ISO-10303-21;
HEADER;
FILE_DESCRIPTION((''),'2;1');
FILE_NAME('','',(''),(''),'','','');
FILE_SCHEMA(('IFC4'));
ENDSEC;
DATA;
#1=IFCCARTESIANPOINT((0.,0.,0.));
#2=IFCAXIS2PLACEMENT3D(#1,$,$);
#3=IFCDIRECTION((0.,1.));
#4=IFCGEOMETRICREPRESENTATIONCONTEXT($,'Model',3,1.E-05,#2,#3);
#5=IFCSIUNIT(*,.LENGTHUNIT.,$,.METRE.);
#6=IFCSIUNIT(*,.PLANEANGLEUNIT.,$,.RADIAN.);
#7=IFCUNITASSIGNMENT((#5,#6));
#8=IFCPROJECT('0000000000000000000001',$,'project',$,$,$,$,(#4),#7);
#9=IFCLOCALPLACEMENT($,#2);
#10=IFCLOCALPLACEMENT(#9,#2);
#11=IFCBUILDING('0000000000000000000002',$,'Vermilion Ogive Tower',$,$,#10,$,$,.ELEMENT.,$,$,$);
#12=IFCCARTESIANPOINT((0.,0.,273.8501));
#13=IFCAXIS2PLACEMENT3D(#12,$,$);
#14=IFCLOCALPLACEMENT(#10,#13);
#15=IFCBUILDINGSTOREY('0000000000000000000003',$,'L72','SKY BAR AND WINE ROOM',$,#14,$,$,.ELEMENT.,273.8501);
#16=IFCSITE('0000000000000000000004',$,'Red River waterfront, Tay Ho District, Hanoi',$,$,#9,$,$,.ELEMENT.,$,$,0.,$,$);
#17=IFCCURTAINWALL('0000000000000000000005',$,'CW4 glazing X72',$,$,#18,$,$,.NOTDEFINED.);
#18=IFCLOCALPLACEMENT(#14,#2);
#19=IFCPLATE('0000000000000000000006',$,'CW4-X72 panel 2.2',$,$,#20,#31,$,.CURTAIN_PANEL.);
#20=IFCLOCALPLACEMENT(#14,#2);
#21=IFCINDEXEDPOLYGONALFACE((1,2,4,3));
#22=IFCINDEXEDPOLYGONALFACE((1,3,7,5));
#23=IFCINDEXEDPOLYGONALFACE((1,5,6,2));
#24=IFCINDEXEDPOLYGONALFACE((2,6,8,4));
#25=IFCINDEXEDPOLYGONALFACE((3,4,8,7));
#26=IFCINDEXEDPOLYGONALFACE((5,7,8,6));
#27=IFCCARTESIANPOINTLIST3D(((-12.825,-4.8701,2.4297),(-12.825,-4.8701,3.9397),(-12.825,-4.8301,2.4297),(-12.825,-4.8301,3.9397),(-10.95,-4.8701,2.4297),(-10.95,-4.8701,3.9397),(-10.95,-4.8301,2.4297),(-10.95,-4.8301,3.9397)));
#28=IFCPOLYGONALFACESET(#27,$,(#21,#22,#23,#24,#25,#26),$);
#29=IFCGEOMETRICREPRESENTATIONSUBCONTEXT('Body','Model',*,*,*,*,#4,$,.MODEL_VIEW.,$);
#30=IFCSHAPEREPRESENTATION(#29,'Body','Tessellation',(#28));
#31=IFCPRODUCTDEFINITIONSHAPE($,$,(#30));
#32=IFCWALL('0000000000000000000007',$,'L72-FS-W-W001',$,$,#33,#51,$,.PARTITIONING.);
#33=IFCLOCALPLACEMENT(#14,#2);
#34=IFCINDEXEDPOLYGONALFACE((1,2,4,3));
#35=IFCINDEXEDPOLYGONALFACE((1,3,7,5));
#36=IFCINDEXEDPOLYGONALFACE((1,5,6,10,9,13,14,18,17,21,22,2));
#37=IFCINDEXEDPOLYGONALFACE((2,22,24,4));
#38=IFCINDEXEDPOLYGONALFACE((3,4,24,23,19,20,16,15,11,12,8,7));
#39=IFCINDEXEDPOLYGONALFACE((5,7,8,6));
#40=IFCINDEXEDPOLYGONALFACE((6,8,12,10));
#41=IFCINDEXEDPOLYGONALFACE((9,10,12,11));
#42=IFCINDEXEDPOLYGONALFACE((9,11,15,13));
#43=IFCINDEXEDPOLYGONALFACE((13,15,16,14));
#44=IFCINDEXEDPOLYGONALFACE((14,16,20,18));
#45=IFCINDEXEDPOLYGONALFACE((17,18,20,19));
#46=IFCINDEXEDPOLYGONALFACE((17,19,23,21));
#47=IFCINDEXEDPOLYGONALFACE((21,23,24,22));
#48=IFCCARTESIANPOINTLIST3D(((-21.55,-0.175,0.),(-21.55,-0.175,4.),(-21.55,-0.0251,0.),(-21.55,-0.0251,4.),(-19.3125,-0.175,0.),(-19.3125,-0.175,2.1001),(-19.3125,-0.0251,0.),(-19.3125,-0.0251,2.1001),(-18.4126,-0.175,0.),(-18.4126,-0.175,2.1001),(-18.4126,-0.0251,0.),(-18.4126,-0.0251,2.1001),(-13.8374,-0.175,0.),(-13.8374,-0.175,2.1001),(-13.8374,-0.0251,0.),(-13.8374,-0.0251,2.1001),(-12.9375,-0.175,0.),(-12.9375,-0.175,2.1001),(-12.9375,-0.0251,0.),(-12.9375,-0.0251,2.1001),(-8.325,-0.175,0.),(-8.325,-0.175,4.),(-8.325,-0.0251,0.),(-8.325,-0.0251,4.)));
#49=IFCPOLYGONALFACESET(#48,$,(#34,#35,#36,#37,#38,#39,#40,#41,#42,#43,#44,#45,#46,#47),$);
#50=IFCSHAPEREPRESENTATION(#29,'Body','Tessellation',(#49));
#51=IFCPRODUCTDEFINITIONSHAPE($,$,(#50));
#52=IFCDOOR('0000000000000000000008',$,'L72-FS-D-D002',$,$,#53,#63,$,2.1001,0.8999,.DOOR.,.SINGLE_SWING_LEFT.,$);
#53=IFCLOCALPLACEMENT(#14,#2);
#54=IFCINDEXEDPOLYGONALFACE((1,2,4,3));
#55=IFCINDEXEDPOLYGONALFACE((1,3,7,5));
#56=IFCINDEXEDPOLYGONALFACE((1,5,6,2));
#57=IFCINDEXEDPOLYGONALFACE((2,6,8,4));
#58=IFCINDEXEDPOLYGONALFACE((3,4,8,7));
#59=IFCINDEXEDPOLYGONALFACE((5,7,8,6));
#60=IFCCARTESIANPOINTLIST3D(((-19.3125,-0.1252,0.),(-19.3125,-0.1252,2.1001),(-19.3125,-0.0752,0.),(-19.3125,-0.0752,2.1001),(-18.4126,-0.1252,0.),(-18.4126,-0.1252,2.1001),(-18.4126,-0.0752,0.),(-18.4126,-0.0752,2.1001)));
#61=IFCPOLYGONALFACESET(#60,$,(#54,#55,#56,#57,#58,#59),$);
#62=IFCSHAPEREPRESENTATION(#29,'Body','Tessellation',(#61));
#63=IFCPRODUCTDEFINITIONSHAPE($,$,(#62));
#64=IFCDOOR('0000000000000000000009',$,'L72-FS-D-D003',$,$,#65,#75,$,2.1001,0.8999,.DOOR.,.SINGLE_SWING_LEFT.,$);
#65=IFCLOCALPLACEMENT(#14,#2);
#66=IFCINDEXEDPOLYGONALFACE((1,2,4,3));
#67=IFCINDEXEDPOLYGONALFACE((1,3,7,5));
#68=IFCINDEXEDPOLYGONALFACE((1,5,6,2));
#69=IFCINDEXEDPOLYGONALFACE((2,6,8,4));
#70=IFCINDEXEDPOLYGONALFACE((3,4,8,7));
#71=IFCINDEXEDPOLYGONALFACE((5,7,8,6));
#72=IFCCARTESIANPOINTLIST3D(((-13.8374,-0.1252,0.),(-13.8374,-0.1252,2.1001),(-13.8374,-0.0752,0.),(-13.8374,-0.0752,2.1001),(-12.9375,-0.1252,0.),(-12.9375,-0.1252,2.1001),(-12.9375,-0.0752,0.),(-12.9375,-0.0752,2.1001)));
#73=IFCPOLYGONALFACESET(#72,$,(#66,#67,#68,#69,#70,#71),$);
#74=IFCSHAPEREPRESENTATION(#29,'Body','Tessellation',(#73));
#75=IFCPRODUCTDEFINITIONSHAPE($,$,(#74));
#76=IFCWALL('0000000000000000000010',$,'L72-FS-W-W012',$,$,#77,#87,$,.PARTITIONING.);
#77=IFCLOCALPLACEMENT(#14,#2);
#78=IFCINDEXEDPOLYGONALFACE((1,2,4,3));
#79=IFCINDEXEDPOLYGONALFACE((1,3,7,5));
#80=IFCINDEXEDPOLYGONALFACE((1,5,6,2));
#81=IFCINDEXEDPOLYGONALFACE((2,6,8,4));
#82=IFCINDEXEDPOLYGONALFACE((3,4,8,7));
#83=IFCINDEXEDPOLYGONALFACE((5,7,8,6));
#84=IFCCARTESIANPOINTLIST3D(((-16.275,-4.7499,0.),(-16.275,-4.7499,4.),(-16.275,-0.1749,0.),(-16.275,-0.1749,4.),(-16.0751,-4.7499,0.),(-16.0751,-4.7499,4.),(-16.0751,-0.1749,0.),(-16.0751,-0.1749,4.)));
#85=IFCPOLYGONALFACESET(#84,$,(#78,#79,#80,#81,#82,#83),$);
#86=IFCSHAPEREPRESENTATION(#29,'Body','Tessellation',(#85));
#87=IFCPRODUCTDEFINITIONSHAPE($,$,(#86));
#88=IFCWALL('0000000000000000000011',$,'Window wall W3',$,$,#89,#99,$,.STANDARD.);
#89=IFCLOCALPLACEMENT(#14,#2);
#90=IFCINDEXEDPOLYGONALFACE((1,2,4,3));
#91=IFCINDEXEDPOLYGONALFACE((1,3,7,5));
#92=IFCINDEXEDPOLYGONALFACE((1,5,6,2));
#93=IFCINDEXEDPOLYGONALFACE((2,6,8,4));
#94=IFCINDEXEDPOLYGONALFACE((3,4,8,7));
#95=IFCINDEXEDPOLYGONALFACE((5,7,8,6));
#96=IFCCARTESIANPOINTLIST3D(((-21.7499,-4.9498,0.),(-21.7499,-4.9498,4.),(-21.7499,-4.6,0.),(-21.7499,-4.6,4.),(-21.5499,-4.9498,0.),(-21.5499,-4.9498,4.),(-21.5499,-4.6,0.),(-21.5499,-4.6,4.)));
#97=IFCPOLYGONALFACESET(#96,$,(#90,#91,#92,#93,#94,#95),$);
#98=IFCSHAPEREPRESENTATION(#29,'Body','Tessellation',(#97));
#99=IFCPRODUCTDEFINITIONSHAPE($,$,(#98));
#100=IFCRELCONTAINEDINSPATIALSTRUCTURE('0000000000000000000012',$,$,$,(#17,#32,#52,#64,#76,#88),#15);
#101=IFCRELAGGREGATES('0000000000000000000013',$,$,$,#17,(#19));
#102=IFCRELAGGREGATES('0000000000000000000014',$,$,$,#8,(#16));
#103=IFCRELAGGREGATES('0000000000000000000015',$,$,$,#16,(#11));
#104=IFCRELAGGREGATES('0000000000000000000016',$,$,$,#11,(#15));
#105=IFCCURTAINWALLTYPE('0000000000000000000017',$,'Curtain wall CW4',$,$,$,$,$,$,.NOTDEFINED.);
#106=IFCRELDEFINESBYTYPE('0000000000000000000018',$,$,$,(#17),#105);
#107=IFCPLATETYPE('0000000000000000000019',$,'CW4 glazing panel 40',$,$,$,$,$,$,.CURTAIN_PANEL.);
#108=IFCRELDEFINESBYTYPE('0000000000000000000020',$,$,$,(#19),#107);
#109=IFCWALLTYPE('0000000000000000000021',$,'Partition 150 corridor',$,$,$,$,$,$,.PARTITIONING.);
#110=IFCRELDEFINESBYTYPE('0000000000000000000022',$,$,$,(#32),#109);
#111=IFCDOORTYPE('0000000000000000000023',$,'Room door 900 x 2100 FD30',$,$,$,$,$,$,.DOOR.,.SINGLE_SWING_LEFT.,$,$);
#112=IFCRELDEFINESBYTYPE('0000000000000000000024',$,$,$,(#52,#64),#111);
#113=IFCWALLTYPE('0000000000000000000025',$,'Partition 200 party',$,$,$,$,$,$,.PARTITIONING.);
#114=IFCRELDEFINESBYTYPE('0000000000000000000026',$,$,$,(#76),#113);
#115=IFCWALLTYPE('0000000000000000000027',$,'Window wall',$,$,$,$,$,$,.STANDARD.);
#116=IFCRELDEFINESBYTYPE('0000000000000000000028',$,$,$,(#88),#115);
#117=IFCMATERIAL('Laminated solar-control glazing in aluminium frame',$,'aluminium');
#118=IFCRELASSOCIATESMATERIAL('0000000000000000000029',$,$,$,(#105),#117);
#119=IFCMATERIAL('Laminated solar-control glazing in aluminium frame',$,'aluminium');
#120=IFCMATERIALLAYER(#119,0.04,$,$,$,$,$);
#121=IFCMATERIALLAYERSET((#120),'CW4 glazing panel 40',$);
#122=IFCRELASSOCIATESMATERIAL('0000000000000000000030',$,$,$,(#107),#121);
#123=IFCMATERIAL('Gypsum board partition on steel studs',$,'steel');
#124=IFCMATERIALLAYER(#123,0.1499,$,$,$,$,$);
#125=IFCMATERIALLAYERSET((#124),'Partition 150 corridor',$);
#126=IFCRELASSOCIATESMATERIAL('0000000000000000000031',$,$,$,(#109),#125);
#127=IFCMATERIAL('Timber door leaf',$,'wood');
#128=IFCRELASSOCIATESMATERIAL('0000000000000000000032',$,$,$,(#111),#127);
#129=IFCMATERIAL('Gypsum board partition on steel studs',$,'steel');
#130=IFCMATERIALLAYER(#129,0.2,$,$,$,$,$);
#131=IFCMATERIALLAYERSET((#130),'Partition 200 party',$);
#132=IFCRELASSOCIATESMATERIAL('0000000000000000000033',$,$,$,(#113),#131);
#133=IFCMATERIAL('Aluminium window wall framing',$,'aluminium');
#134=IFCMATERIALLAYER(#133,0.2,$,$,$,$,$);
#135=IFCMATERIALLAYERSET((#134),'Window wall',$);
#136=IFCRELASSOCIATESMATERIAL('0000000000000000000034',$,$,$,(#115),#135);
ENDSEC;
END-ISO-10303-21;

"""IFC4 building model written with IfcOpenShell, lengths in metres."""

from ifc_helpers import new_model, si_unit, direction, frame, frame_2d, origin, origin_2d, place, context, subcontext, project, spatial, rectangle, extrude, material, layer, layer_set, type_object, element, fill, aggregate, save


model = new_model("IFC4")

# Units and contexts
model_context = context("Model", 3, precision=1e-05, world=origin(), true_north=direction((0.0, 1.0)))
body_context = subcontext(model_context, "Body", "Model", "MODEL_VIEW")
ifc_project = project(units=[si_unit("LENGTHUNIT", "METRE"), si_unit("PLANEANGLEUNIT", "RADIAN")], contexts=[model_context])

# Site, building, storey
site_placement = place(None, origin())
site = spatial("IfcSite", under=ifc_project, at=site_placement, Name="Red River waterfront, Tay Ho District, Hanoi", CompositionType="ELEMENT", RefElevation=0.0)
building_placement = place(site_placement, origin())
building = spatial("IfcBuilding", under=site, at=building_placement, Name="Vermilion Ogive Tower", CompositionType="ELEMENT")
storey_placement = place(building_placement, frame((0.0, 0.0, 273.8501)))
storey = spatial("IfcBuildingStorey", under=building, at=storey_placement, Name="L72", Description="SKY BAR AND WINE ROOM", CompositionType="ELEMENT", Elevation=273.8501)

# Shared definitions
ifc_material_1 = material(Name="Laminated solar-control glazing in aluminium frame", Category="aluminium")
curtain_wall_type = type_object("IfcCurtainWallType", Name="Curtain wall CW4", PredefinedType="NOTDEFINED", material=ifc_material_1)

# Curtain wall
curtain_wall_1_placement = place(storey_placement, origin())
curtain_wall_1 = element("IfcCurtainWall", 1, at=curtain_wall_1_placement, inside=storey, type_object=curtain_wall_type, Name="CW4 glazing X72", PredefinedType="NOTDEFINED")

# Plate
ifc_material_2 = material(Name="Laminated solar-control glazing in aluminium frame", Category="aluminium")
ifc_layer_1 = layer(ifc_material_2, 0.04)
ifc_layer_set_1 = layer_set([ifc_layer_1], Name="CW4 glazing panel 40")
plate_type = type_object("IfcPlateType", Name="CW4 glazing panel 40", PredefinedType="CURTAIN_PANEL", material=ifc_layer_set_1)
plate_1_placement = place(storey_placement, frame((-11.8875, -4.8501, 2.4297), z_axis=(0.0, 0.0, 1.0), x_axis=(1.0, 0.0, 0.0)))
plate_1 = element("IfcPlate", 2, at=plate_1_placement, type_object=plate_type, Name="CW4-X72 panel 2.2", PredefinedType="CURTAIN_PANEL", context=body_context, shape_type="SweptSolid", body=[
    extrude(rectangle(XDim=1.875, YDim=0.04, at=origin_2d()), origin(), (0.0, 0.0, 1.0), 1.51),
])
aggregate(curtain_wall_1, [plate_1])

# Wall, openings, doors
ifc_material_3 = material(Name="Gypsum board partition on steel studs", Category="steel")
ifc_layer_2 = layer(ifc_material_3, 0.1499)
ifc_layer_set_2 = layer_set([ifc_layer_2], Name="Partition 150 corridor")
wall_type_1 = type_object("IfcWallType", Name="Partition 150 corridor", PredefinedType="PARTITIONING", material=ifc_layer_set_2)
wall_1_placement = place(storey_placement, frame((-21.55, -0.1001, 0.0), z_axis=(0.0, 0.0, 1.0), x_axis=(1.0, 0.0, 0.0)))
wall_1 = element("IfcWall", 3, at=wall_1_placement, inside=storey, type_object=wall_type_1, Name="L72-FS-W-W001", PredefinedType="PARTITIONING", context=body_context, shape_type="SweptSolid", body=[
    extrude(rectangle(XDim=13.2251, YDim=0.1499, at=frame_2d((6.6125, 0.0))), origin(), (0.0, 0.0, 1.0), 4.0),
])
opening_1_placement = place(wall_1_placement, frame((2.2375, 0.0, 0.0)))
opening_1 = element("IfcOpeningElement", 4, at=opening_1_placement, cuts=wall_1, PredefinedType="OPENING", context=body_context, shape_type="SweptSolid", body=[
    extrude(rectangle(XDim=0.8999, YDim=2.1001, at=frame_2d((0.45, 1.05))), frame((0.0, 0.085, 0.0), z_axis=(0.0, -1.0, 0.0), x_axis=(1.0, 0.0, 0.0)), (0.0, 0.0, 1.0), 0.1699),
])
opening_2_placement = place(wall_1_placement, frame((7.7126, 0.0, 0.0)))
opening_2 = element("IfcOpeningElement", 5, at=opening_2_placement, cuts=wall_1, PredefinedType="OPENING", context=body_context, shape_type="SweptSolid", body=[
    extrude(rectangle(XDim=0.8999, YDim=2.1001, at=frame_2d((0.45, 1.05))), frame((0.0, 0.085, 0.0), z_axis=(0.0, -1.0, 0.0), x_axis=(1.0, 0.0, 0.0)), (0.0, 0.0, 1.0), 0.1699),
])
ifc_material_4 = material(Name="Timber door leaf", Category="wood")
door_type = type_object("IfcDoorType", Name="Room door 900 x 2100 FD30", OperationType="SINGLE_SWING_LEFT", PredefinedType="DOOR", material=ifc_material_4)
door_1_placement = place(opening_1_placement, origin())
door_1 = element("IfcDoor", 6, at=door_1_placement, inside=storey, type_object=door_type, Name="L72-FS-D-D002", OperationType="SINGLE_SWING_LEFT", OverallHeight=2.1001, OverallWidth=0.8999, PredefinedType="DOOR", context=body_context, shape_type="SweptSolid", body=[
    extrude(rectangle(XDim=0.8999, YDim=2.1001, at=frame_2d((0.45, 1.05))), frame((0.0, 0.0249, 0.0), z_axis=(0.0, -1.0, 0.0), x_axis=(1.0, 0.0, 0.0)), (0.0, 0.0, 1.0), 0.05),
])
fill(opening_1, door_1)
door_2_placement = place(opening_2_placement, origin())
door_2 = element("IfcDoor", 7, at=door_2_placement, inside=storey, type_object=door_type, Name="L72-FS-D-D003", OperationType="SINGLE_SWING_LEFT", OverallHeight=2.1001, OverallWidth=0.8999, PredefinedType="DOOR", context=body_context, shape_type="SweptSolid", body=[
    extrude(rectangle(XDim=0.8999, YDim=2.1001, at=frame_2d((0.45, 1.05))), frame((0.0, 0.0249, 0.0), z_axis=(0.0, -1.0, 0.0), x_axis=(1.0, 0.0, 0.0)), (0.0, 0.0, 1.0), 0.05),
])
fill(opening_2, door_2)

# Walls
ifc_material_5 = material(Name="Gypsum board partition on steel studs", Category="steel")
ifc_layer_3 = layer(ifc_material_5, 0.2)
ifc_layer_set_3 = layer_set([ifc_layer_3], Name="Partition 200 party")
wall_type_2 = type_object("IfcWallType", Name="Partition 200 party", PredefinedType="PARTITIONING", material=ifc_layer_set_3)
wall_2_placement = place(storey_placement, frame((-16.175, -4.75, 0.0), z_axis=(0.0, 0.0, 1.0), x_axis=(0.0, 1.0, 0.0)))
element("IfcWall", 8, at=wall_2_placement, inside=storey, type_object=wall_type_2, Name="L72-FS-W-W012", PredefinedType="PARTITIONING", context=body_context, shape_type="SweptSolid", body=[
    extrude(rectangle(XDim=4.575, YDim=0.2, at=frame_2d((2.2876, 0.0))), origin(), (0.0, 0.0, 1.0), 4.0),
])
ifc_material_6 = material(Name="Aluminium window wall framing", Category="aluminium")
ifc_layer_4 = layer(ifc_material_6, 0.2)
ifc_layer_set_4 = layer_set([ifc_layer_4], Name="Window wall")
wall_type_3 = type_object("IfcWallType", Name="Window wall", PredefinedType="STANDARD", material=ifc_layer_set_4)
wall_3_placement = place(storey_placement, frame((-21.6499, -4.6001, 0.0), z_axis=(0.0, 0.0, 1.0), x_axis=(0.0, -1.0, 0.0)))
element("IfcWall", 9, at=wall_3_placement, inside=storey, type_object=wall_type_3, Name="Window wall W3", PredefinedType="STANDARD", context=body_context, shape_type="SweptSolid", body=[
    extrude(rectangle(XDim=0.3499, YDim=0.2, at=frame_2d((0.1748, 0.0))), origin(), (0.0, 0.0, 1.0), 4.0),
])

save(model, "model.ifc")
